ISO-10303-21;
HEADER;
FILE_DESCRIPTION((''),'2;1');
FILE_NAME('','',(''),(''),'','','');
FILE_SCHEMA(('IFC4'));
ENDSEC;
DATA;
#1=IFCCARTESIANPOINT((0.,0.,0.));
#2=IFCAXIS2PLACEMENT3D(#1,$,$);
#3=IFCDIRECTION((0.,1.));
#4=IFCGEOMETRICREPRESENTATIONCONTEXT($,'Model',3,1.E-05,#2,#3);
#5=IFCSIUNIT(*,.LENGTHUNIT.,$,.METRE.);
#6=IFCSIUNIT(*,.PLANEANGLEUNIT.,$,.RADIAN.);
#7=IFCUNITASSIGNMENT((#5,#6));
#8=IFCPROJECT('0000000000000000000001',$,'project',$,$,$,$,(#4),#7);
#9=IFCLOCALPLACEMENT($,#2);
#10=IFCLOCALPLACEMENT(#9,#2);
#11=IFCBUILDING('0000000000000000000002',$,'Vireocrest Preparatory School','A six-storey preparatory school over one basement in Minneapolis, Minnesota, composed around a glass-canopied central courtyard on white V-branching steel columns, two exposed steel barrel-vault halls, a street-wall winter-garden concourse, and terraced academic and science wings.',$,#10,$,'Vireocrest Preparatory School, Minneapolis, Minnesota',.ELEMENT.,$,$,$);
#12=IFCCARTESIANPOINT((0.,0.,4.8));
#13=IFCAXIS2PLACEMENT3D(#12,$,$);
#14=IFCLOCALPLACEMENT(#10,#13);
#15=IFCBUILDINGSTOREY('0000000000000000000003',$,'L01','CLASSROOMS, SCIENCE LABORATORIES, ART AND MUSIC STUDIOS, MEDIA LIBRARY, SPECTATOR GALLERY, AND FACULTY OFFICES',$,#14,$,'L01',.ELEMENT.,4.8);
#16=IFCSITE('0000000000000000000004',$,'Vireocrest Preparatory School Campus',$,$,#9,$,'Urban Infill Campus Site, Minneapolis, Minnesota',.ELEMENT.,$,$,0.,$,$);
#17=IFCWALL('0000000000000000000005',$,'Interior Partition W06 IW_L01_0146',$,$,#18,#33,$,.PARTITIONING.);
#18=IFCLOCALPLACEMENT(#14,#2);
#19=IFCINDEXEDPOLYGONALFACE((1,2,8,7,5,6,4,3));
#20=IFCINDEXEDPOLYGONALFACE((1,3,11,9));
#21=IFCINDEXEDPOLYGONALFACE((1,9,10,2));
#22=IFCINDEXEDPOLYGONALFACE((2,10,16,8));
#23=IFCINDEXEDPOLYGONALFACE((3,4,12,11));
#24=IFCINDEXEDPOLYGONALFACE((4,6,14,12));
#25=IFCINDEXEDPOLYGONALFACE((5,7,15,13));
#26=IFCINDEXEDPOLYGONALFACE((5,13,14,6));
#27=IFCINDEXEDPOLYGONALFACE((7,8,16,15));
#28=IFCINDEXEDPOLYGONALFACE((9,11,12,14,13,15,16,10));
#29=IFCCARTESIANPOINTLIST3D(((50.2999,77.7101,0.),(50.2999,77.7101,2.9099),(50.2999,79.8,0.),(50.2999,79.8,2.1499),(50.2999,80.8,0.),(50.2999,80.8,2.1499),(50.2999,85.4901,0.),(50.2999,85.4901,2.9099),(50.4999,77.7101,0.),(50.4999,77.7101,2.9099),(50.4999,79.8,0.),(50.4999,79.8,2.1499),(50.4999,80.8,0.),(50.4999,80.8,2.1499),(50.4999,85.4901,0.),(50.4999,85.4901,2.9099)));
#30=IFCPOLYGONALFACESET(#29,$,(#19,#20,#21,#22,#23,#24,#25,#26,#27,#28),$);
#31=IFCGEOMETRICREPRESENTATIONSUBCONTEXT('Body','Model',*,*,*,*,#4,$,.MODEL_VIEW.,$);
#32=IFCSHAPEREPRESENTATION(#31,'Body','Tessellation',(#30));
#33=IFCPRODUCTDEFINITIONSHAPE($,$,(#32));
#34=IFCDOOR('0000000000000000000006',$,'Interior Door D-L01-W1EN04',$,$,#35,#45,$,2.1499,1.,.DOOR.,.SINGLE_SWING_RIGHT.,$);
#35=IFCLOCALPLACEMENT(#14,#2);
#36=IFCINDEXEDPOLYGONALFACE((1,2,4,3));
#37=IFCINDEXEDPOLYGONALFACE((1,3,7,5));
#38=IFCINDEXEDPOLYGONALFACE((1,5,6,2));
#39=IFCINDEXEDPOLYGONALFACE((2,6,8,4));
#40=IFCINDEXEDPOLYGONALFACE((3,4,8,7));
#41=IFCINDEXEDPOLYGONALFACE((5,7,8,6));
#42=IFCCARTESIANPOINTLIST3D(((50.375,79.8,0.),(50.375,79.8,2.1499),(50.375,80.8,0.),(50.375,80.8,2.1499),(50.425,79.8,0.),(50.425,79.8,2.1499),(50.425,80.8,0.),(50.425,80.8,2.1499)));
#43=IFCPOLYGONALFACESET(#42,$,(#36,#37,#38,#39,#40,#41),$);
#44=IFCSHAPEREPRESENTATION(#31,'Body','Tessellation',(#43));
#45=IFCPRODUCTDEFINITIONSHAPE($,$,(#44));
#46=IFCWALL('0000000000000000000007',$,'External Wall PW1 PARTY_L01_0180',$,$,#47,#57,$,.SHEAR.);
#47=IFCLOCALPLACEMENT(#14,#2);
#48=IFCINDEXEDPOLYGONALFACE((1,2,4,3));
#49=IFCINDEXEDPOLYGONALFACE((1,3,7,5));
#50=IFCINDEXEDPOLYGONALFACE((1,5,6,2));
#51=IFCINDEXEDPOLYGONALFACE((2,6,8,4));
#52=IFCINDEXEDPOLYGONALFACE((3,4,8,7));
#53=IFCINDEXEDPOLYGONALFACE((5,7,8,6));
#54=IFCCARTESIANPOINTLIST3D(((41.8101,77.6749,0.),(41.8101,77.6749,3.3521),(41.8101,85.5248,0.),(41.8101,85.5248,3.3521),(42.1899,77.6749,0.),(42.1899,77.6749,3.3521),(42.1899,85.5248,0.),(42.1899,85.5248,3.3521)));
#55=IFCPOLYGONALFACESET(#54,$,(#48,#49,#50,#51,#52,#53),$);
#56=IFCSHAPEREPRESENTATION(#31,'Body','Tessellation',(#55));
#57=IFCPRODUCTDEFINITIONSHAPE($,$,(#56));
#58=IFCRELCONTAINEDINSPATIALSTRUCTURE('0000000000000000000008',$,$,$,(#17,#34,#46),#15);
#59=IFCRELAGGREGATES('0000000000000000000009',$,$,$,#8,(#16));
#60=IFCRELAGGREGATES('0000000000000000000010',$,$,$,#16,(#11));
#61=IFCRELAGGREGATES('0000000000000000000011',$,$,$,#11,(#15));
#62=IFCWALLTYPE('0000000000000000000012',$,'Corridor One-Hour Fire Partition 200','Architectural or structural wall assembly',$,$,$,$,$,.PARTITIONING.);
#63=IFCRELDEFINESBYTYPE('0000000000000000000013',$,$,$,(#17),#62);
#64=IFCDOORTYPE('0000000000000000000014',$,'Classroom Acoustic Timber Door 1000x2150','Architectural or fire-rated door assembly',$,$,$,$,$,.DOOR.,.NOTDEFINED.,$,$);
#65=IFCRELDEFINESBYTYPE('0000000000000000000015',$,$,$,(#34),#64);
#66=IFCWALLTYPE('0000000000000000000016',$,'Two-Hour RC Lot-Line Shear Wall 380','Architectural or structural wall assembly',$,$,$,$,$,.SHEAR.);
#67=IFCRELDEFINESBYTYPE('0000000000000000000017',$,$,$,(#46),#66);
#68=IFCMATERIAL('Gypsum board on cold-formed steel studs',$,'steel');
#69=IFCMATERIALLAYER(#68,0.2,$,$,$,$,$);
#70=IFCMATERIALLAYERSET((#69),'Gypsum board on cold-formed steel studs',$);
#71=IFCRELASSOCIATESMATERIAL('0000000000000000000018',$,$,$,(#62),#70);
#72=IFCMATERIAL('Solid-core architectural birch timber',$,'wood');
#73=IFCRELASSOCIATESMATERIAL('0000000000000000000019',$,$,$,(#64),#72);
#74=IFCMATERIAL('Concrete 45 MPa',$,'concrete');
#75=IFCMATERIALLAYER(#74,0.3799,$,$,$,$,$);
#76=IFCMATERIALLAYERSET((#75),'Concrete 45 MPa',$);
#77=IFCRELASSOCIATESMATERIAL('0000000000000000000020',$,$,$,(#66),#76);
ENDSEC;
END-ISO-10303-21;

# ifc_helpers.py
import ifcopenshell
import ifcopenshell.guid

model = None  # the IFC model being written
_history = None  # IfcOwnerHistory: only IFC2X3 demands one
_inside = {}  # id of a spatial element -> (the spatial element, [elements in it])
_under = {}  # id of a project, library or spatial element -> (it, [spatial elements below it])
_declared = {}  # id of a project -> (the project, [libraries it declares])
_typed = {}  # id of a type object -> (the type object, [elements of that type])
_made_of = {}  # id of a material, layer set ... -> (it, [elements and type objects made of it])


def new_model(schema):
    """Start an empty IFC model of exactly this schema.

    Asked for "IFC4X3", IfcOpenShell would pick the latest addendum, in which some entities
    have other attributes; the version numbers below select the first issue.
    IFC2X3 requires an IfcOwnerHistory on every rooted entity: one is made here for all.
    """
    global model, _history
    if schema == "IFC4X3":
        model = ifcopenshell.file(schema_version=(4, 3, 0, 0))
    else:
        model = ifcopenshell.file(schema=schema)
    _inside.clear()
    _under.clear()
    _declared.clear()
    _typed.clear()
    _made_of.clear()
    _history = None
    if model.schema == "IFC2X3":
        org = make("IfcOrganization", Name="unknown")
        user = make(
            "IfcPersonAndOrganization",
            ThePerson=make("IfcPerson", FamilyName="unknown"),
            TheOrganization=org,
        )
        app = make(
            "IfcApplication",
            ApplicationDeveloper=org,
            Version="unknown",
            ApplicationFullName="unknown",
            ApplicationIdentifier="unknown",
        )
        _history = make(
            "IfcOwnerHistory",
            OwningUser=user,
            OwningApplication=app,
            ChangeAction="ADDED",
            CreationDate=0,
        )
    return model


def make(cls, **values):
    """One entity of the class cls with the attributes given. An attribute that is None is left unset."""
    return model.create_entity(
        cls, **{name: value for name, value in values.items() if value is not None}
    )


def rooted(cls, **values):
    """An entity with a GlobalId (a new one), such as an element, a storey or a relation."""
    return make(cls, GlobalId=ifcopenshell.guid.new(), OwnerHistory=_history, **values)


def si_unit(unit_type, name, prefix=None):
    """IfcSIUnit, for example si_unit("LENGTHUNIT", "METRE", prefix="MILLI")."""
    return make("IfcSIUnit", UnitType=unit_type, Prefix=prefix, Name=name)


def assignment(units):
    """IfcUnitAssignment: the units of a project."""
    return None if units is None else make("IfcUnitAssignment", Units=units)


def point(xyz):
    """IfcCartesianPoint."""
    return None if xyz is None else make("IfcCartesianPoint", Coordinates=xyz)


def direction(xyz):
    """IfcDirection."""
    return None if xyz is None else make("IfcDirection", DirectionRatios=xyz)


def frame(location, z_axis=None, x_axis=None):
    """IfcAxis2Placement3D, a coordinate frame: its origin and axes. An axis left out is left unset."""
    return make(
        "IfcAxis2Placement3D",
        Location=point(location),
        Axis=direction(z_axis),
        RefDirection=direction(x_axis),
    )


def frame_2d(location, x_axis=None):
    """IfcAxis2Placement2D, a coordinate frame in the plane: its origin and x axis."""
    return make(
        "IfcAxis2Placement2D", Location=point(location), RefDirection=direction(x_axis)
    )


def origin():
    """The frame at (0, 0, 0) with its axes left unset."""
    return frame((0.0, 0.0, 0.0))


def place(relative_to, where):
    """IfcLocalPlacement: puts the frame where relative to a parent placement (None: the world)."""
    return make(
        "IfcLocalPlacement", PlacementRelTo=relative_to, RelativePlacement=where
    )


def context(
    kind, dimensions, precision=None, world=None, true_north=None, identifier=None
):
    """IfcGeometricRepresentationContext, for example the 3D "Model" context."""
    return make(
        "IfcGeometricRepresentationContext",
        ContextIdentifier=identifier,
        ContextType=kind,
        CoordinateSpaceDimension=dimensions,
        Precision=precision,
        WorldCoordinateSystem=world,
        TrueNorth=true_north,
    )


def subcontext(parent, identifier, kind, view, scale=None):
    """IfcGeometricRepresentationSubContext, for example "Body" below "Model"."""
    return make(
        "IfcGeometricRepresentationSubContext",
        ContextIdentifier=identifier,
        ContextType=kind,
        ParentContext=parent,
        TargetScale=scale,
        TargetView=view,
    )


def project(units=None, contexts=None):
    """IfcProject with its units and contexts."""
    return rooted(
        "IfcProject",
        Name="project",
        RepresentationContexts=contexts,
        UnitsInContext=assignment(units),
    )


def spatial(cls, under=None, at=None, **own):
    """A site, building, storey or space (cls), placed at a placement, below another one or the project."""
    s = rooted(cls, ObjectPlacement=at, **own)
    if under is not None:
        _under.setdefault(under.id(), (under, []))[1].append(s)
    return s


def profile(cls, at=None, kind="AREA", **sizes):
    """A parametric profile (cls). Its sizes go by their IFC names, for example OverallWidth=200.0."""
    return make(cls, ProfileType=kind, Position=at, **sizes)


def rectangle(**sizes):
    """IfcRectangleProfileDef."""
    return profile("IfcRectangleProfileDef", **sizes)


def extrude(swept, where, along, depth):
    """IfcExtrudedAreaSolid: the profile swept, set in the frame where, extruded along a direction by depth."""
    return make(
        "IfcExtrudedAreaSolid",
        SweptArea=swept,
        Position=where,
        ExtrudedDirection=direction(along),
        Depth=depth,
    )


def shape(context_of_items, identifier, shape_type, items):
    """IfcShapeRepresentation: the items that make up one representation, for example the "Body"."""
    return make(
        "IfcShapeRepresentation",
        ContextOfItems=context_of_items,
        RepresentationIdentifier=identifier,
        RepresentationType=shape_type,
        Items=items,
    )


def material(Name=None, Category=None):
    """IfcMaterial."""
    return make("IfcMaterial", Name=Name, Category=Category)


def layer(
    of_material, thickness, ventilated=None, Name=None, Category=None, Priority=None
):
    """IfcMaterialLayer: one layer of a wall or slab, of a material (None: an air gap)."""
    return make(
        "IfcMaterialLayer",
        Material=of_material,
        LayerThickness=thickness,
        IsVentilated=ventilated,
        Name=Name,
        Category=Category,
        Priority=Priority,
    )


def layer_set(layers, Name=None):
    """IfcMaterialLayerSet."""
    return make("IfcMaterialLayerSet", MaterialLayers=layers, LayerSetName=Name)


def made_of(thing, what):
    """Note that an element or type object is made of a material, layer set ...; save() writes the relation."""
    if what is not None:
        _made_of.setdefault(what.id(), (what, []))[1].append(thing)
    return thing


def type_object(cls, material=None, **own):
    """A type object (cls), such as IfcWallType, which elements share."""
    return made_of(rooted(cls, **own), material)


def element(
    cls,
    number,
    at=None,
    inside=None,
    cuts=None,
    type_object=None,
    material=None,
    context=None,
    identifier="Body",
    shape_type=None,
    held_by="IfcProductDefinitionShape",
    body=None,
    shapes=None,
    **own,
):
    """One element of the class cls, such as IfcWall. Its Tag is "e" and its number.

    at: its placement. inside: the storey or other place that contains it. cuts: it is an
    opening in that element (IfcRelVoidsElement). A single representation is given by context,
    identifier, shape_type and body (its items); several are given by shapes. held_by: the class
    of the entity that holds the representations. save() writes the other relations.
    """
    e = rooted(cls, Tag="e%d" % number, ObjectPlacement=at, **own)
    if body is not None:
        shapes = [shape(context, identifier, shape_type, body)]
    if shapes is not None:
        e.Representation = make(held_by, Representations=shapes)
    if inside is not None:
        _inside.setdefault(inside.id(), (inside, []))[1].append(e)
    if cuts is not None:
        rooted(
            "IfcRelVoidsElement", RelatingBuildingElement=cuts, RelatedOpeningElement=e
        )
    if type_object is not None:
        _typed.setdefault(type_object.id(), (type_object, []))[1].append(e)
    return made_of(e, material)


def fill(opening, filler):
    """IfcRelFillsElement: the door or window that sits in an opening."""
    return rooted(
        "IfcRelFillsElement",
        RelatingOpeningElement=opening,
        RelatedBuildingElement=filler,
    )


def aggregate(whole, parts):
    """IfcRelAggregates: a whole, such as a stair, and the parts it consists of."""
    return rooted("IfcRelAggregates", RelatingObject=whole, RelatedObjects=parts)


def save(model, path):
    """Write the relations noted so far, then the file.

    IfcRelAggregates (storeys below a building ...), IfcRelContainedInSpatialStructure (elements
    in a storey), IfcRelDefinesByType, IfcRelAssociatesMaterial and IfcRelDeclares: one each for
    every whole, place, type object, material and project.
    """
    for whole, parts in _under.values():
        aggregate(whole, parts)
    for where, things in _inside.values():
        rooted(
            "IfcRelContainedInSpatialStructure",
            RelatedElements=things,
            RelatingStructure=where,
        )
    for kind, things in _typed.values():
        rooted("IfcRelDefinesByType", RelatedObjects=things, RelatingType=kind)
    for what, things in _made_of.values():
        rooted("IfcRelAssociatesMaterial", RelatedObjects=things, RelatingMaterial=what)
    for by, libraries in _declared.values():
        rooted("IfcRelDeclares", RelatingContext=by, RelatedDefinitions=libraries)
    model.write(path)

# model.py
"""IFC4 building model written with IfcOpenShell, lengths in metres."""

from ifc_helpers import new_model, si_unit, direction, frame, frame_2d, origin, place, context, subcontext, project, spatial, rectangle, extrude, material, layer, layer_set, type_object, element, fill, save


model = new_model("IFC4")

# Units and contexts
model_context = context("Model", 3, precision=1e-05, world=origin(), true_north=direction((0.0, 1.0)))
body_context = subcontext(model_context, "Body", "Model", "MODEL_VIEW")
ifc_project = project(units=[si_unit("LENGTHUNIT", "METRE"), si_unit("PLANEANGLEUNIT", "RADIAN")], contexts=[model_context])

# Site, building, storey
site_placement = place(None, origin())
site = spatial("IfcSite", under=ifc_project, at=site_placement, Name="Vireocrest Preparatory School Campus", LongName="Urban Infill Campus Site, Minneapolis, Minnesota", CompositionType="ELEMENT", RefElevation=0.0)
building_placement = place(site_placement, origin())
building = spatial("IfcBuilding", under=site, at=building_placement, Name="Vireocrest Preparatory School", Description="A six-storey preparatory school over one basement in Minneapolis, Minnesota, composed around a glass-canopied central courtyard on white V-branching steel columns, two exposed steel barrel-vault halls, a street-wall winter-garden concourse, and terraced academic and science wings.", LongName="Vireocrest Preparatory School, Minneapolis, Minnesota", CompositionType="ELEMENT")
storey_placement = place(building_placement, frame((0.0, 0.0, 4.8)))
storey = spatial("IfcBuildingStorey", under=building, at=storey_placement, Name="L01", Description="CLASSROOMS, SCIENCE LABORATORIES, ART AND MUSIC STUDIOS, MEDIA LIBRARY, SPECTATOR GALLERY, AND FACULTY OFFICES", LongName="L01", CompositionType="ELEMENT", Elevation=4.8)

# Shared definitions
ifc_material_1 = material(Name="Concrete 45 MPa", Category="concrete")

# Shared definitions
ifc_material_2 = material(Name="Gypsum board on cold-formed steel studs", Category="steel")

# Wall, opening, door
ifc_layer_1 = layer(ifc_material_2, 0.2)
ifc_layer_set_1 = layer_set([ifc_layer_1], Name="Gypsum board on cold-formed steel studs")
wall_type_1 = type_object("IfcWallType", Name="Corridor One-Hour Fire Partition 200", Description="Architectural or structural wall assembly", PredefinedType="PARTITIONING", material=ifc_layer_set_1)
wall_1_placement = place(storey_placement, frame((50.3999, 77.71, 0.0), z_axis=(0.0, 0.0, 1.0), x_axis=(0.0, 1.0, 0.0)))
wall_1 = element("IfcWall", 1, at=wall_1_placement, inside=storey, type_object=wall_type_1, Name="Interior Partition W06 IW_L01_0146", PredefinedType="PARTITIONING", context=body_context, shape_type="SweptSolid", body=[
    extrude(rectangle(XDim=7.78, YDim=0.2, at=frame_2d((3.8901, 0.0))), origin(), (0.0, 0.0, 1.0), 2.9099),
])
opening_placement = place(wall_1_placement, frame((2.0901, 0.0, 0.0)))
opening = element("IfcOpeningElement", 2, at=opening_placement, cuts=wall_1, PredefinedType="OPENING", context=body_context, shape_type="SweptSolid", body=[
    extrude(rectangle(XDim=1.0, YDim=2.1499, at=frame_2d((0.5, 1.075))), frame((0.0, 0.1099, 0.0), z_axis=(0.0, -1.0, 0.0), x_axis=(1.0, 0.0, 0.0)), (0.0, 0.0, 1.0), 0.22),
])
ifc_material_3 = material(Name="Solid-core architectural birch timber", Category="wood")
door_type = type_object("IfcDoorType", Name="Classroom Acoustic Timber Door 1000x2150", Description="Architectural or fire-rated door assembly", OperationType="NOTDEFINED", PredefinedType="DOOR", material=ifc_material_3)
door_placement = place(opening_placement, origin())
door = element("IfcDoor", 3, at=door_placement, inside=storey, type_object=door_type, Name="Interior Door D-L01-W1EN04", OperationType="SINGLE_SWING_RIGHT", OverallHeight=2.1499, OverallWidth=1.0, PredefinedType="DOOR", context=body_context, shape_type="SweptSolid", body=[
    extrude(rectangle(XDim=1.0, YDim=2.1499, at=frame_2d((0.5, 1.075))), frame((0.0, 0.0249, 0.0), z_axis=(0.0, -1.0, 0.0), x_axis=(1.0, 0.0, 0.0)), (0.0, 0.0, 1.0), 0.05),
])
fill(opening, door)

# Wall
ifc_layer_2 = layer(ifc_material_1, 0.3799)
ifc_layer_set_2 = layer_set([ifc_layer_2], Name="Concrete 45 MPa")
wall_type_2 = type_object("IfcWallType", Name="Two-Hour RC Lot-Line Shear Wall 380", Description="Architectural or structural wall assembly", PredefinedType="SHEAR", material=ifc_layer_set_2)
wall_2_placement = place(storey_placement, frame((42.0, 77.675, 0.0), z_axis=(0.0, 0.0, 1.0), x_axis=(0.0, 1.0, 0.0)))
element("IfcWall", 4, at=wall_2_placement, inside=storey, type_object=wall_type_2, Name="External Wall PW1 PARTY_L01_0180", PredefinedType="SHEAR", context=body_context, shape_type="SweptSolid", body=[
    extrude(rectangle(XDim=7.8499, YDim=0.3799, at=frame_2d((3.9248, 0.0))), origin(), (0.0, 0.0, 1.0), 3.3521),
])

save(model, "model.ifc")
